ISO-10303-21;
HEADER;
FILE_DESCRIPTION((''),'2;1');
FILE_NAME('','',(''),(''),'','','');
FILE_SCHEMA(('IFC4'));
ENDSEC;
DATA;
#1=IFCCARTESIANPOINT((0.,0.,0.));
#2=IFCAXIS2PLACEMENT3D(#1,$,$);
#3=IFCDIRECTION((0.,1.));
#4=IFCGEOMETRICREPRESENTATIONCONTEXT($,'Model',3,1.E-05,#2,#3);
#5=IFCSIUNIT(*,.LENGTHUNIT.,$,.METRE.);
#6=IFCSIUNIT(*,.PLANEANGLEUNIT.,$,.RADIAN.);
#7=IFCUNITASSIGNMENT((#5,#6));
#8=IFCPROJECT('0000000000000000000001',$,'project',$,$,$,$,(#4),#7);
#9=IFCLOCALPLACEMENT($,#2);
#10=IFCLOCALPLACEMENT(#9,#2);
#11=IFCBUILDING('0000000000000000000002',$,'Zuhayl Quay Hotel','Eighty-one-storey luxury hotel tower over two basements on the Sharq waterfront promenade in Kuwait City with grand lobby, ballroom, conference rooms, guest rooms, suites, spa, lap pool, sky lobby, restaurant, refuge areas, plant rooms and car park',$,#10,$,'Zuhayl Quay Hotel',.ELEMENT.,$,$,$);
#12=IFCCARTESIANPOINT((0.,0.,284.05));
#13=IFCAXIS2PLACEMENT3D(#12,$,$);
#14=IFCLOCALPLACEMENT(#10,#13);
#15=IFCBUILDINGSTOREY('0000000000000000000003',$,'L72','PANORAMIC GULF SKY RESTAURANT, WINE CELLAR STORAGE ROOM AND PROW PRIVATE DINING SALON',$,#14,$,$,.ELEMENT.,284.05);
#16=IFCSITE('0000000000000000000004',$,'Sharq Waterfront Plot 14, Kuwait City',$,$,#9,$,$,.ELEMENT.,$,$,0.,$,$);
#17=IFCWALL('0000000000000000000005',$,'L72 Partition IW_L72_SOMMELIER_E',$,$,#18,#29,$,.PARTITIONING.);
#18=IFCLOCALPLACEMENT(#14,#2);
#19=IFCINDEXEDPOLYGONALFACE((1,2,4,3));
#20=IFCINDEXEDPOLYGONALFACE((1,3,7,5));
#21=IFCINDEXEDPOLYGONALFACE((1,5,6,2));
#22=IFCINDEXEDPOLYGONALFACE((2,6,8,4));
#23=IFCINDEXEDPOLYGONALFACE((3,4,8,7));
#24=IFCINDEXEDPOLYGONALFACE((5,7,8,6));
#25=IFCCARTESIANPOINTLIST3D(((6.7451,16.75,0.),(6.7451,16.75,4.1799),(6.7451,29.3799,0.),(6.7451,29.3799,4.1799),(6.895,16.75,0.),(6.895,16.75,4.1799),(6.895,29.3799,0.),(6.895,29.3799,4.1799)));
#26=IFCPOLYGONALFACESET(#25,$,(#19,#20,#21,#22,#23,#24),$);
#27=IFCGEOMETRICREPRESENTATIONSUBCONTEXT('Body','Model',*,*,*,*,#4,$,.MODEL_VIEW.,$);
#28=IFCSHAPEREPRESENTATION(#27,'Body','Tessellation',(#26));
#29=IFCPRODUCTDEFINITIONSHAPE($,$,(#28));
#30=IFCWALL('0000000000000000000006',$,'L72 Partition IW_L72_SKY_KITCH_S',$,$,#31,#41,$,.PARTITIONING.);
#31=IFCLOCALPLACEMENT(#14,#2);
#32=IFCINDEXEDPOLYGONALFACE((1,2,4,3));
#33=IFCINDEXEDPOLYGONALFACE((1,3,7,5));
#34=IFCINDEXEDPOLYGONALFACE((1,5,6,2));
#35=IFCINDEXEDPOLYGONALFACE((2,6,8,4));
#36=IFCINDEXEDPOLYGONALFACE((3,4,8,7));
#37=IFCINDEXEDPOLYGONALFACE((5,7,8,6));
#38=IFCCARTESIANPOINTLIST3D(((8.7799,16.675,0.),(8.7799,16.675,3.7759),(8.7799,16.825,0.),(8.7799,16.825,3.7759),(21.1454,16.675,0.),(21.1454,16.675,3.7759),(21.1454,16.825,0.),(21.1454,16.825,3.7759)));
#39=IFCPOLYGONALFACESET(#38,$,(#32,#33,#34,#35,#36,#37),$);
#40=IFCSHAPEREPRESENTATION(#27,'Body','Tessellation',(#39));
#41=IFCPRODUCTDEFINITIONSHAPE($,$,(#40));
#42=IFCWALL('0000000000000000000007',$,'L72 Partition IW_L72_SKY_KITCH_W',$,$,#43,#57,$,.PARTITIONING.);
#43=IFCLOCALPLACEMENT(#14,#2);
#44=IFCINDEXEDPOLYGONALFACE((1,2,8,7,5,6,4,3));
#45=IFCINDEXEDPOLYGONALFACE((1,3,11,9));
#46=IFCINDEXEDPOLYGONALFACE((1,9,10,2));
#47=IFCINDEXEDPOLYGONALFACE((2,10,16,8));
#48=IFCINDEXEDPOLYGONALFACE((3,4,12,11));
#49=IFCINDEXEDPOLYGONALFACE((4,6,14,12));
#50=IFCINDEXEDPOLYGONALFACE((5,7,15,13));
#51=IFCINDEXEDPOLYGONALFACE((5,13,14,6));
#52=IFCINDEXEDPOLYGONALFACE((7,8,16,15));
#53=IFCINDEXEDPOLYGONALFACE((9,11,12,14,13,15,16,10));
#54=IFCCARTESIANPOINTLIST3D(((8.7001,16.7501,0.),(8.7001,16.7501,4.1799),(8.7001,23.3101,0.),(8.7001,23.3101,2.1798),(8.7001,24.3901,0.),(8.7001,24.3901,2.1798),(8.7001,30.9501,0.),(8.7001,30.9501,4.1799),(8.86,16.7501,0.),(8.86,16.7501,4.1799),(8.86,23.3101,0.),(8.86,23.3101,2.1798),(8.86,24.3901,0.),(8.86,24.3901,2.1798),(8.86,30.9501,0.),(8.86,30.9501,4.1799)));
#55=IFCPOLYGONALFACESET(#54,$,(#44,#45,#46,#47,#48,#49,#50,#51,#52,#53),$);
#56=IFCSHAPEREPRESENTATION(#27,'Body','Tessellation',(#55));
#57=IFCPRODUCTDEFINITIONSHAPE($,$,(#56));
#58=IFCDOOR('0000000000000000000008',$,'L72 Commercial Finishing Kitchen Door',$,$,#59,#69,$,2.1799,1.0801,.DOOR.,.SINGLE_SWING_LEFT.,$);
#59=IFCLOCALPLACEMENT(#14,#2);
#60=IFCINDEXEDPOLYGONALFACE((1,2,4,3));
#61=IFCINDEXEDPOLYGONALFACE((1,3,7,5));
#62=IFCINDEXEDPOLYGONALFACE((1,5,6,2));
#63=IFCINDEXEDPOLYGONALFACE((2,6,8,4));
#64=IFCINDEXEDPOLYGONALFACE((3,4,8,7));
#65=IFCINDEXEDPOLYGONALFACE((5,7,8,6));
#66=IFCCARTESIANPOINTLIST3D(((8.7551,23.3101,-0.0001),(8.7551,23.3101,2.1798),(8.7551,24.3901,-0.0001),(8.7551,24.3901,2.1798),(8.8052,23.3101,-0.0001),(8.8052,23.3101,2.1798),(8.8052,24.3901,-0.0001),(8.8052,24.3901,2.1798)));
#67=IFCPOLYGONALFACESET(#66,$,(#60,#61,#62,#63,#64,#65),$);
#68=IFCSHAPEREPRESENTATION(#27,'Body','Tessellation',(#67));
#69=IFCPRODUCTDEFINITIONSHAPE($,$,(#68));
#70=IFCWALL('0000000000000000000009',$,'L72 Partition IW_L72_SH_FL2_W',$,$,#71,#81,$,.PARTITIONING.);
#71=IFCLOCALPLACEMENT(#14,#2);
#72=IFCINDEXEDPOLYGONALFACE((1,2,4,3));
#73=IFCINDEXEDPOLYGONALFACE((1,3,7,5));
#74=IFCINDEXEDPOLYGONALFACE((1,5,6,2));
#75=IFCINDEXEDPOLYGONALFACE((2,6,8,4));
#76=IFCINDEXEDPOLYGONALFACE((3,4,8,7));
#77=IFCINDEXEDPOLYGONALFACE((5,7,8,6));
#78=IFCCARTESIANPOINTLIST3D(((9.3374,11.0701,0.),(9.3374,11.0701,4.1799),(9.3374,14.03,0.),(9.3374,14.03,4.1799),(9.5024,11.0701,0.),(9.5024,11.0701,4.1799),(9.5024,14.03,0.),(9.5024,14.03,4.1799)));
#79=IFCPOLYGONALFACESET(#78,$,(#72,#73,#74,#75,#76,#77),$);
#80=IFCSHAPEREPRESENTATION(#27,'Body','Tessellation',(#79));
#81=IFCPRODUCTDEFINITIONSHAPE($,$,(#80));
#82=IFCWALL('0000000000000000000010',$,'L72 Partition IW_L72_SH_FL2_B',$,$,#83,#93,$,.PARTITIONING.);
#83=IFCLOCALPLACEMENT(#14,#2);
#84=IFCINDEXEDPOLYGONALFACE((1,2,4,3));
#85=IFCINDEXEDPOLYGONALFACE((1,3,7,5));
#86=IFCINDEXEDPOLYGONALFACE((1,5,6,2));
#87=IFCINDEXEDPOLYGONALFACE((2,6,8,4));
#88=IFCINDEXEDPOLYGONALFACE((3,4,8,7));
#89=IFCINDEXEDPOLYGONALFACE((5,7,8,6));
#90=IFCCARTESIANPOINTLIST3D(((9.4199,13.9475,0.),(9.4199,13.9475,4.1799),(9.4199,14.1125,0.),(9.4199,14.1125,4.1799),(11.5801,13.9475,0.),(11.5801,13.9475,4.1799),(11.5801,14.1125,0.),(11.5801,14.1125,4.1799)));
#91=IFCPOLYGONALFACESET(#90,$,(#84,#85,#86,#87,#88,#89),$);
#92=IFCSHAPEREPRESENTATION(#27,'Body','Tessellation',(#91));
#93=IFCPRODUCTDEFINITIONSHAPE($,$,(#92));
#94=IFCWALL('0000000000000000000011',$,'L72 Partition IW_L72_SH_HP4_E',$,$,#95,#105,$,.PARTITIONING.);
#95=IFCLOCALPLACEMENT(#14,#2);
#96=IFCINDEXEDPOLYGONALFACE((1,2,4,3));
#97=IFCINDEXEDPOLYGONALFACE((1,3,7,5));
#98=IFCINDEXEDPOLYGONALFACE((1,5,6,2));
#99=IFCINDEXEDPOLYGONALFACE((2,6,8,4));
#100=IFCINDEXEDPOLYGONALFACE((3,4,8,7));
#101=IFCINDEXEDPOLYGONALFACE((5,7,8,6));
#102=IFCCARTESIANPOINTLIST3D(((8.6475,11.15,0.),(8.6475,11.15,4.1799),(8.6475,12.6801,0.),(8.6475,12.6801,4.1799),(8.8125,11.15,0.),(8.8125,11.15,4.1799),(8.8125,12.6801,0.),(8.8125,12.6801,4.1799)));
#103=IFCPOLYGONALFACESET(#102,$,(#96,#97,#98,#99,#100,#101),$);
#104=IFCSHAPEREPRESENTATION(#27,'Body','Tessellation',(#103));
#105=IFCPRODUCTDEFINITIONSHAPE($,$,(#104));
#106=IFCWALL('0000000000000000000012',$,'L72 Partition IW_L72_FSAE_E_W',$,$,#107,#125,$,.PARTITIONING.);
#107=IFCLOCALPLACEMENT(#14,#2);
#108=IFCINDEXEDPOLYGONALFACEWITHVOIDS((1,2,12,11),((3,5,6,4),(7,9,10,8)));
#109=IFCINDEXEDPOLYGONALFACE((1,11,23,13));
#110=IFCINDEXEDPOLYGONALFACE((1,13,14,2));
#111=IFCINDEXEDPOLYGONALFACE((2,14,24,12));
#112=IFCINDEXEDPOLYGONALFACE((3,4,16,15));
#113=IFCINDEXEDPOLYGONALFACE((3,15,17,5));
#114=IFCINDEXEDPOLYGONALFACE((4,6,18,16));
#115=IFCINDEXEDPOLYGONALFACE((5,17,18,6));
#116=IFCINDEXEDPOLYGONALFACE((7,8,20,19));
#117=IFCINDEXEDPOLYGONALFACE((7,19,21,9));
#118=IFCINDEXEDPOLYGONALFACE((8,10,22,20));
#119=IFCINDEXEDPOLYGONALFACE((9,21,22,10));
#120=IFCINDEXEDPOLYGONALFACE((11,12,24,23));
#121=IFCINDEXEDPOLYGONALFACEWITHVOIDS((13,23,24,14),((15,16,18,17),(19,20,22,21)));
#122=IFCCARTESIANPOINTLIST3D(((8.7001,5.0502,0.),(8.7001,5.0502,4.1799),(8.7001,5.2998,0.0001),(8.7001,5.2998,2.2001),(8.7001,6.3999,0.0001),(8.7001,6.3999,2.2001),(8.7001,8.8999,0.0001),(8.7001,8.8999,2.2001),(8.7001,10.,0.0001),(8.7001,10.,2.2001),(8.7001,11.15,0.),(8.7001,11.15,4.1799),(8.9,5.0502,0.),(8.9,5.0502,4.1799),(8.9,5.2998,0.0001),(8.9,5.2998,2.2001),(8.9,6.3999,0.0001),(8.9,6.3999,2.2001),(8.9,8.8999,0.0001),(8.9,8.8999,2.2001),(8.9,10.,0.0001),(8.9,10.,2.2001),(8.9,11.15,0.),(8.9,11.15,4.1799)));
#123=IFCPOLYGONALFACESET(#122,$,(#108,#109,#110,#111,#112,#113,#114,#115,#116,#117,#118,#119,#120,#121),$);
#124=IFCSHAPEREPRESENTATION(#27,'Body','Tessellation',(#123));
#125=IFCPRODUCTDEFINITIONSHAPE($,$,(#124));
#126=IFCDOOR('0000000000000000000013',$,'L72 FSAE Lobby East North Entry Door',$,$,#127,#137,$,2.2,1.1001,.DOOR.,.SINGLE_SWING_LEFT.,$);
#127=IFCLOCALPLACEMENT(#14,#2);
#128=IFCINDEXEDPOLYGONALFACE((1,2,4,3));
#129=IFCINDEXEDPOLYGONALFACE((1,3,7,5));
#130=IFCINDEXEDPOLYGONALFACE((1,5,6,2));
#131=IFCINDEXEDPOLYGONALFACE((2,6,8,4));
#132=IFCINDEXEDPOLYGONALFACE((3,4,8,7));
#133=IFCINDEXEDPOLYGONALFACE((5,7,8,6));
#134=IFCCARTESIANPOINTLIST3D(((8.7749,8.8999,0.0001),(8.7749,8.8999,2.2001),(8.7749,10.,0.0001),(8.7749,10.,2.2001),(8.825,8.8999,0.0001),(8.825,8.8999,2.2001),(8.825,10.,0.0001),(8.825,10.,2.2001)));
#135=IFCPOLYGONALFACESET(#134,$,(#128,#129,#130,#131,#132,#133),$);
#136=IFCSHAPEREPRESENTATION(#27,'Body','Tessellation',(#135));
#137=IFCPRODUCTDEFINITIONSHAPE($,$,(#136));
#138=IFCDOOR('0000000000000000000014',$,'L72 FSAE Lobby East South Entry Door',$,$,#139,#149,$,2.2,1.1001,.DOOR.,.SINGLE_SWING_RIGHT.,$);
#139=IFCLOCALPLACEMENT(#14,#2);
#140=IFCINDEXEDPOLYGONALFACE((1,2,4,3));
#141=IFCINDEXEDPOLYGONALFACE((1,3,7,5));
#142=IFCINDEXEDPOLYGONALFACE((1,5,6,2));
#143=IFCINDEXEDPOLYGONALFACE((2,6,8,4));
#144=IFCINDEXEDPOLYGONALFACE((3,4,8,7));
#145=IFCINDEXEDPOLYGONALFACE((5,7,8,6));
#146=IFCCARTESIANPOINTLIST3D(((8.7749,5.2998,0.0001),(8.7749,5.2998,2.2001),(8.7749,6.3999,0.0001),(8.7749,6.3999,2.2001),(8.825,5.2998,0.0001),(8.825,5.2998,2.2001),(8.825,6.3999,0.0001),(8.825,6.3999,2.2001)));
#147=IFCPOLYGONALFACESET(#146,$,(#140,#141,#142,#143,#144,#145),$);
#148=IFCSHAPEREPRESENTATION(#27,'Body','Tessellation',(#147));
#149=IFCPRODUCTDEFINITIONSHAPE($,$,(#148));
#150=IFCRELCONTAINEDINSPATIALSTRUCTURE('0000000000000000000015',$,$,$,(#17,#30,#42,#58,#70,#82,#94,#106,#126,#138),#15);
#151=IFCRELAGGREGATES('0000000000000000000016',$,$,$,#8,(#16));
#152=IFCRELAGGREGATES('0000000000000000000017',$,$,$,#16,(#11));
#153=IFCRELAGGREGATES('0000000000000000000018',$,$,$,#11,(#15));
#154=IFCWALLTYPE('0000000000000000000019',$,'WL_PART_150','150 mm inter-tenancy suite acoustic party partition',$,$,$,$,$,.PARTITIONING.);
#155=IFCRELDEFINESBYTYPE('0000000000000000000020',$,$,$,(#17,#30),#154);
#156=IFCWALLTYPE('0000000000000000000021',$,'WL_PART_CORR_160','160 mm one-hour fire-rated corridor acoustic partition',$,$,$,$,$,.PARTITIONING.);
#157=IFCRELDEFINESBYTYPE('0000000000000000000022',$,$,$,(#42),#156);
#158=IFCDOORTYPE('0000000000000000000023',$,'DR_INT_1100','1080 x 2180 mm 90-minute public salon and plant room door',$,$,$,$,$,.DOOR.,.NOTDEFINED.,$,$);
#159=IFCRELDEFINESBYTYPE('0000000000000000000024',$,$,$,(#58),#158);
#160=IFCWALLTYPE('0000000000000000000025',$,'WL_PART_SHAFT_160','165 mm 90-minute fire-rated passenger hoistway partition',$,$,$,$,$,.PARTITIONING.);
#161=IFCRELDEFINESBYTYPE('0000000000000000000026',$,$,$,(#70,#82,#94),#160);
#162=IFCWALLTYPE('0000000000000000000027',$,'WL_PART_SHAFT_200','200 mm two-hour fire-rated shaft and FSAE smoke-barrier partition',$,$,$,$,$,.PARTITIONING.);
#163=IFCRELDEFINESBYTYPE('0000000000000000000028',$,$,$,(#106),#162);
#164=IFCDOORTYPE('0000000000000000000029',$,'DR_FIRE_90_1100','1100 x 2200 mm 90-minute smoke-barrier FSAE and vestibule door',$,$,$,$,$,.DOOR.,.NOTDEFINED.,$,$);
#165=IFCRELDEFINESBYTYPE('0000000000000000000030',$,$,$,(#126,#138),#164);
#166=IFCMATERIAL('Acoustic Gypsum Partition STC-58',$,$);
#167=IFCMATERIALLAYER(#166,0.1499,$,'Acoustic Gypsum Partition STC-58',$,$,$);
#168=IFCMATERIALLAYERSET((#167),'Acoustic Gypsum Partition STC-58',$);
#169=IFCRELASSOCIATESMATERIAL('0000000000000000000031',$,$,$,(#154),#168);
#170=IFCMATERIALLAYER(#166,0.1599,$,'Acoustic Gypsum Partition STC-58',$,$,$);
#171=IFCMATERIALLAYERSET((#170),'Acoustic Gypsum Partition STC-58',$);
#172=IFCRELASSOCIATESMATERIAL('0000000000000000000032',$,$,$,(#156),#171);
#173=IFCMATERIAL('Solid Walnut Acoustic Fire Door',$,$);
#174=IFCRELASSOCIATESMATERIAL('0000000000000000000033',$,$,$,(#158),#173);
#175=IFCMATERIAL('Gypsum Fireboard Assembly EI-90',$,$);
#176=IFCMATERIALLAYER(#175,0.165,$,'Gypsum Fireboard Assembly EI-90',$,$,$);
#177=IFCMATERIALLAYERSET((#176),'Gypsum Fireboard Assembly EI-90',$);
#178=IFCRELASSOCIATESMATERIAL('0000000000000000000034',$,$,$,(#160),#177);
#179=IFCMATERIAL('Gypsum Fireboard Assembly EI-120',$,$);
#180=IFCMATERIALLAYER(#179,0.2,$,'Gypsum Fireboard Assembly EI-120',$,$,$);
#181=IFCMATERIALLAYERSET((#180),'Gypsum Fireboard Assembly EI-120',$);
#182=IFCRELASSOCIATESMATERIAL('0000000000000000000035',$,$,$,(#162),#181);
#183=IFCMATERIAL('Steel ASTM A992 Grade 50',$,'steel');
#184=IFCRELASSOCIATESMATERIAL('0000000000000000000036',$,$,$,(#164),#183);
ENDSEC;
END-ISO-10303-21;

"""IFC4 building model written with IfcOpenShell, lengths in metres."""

from ifc_helpers import new_model, si_unit, direction, frame, frame_2d, origin, place, context, subcontext, project, spatial, rectangle, extrude, material, layer, layer_set, type_object, element, fill, save


model = new_model("IFC4")

# Units and contexts
model_context = context("Model", 3, precision=1e-05, world=origin(), true_north=direction((0.0, 1.0)))
body_context = subcontext(model_context, "Body", "Model", "MODEL_VIEW")
ifc_project = project(units=[si_unit("LENGTHUNIT", "METRE"), si_unit("PLANEANGLEUNIT", "RADIAN")], contexts=[model_context])

# Site, building, storey
site_placement = place(None, origin())
site = spatial("IfcSite", under=ifc_project, at=site_placement, Name="Sharq Waterfront Plot 14, Kuwait City", CompositionType="ELEMENT", RefElevation=0.0)
building_placement = place(site_placement, origin())
building = spatial("IfcBuilding", under=site, at=building_placement, Name="Zuhayl Quay Hotel", Description="Eighty-one-storey luxury hotel tower over two basements on the Sharq waterfront promenade in Kuwait City with grand lobby, ballroom, conference rooms, guest rooms, suites, spa, lap pool, sky lobby, restaurant, refuge areas, plant rooms and car park", LongName="Zuhayl Quay Hotel", CompositionType="ELEMENT")
storey_placement = place(building_placement, frame((0.0, 0.0, 284.05)))
storey = spatial("IfcBuildingStorey", under=building, at=storey_placement, Name="L72", Description="PANORAMIC GULF SKY RESTAURANT, WINE CELLAR STORAGE ROOM AND PROW PRIVATE DINING SALON", CompositionType="ELEMENT", Elevation=284.05)

# Shared definitions
ifc_material_1 = material(Name="Steel ASTM A992 Grade 50", Category="steel")

# Walls
ifc_material_2 = material(Name="Acoustic Gypsum Partition STC-58")
ifc_layer_1 = layer(ifc_material_2, 0.1499, Name="Acoustic Gypsum Partition STC-58")
ifc_layer_set_1 = layer_set([ifc_layer_1], Name="Acoustic Gypsum Partition STC-58")
wall_type_1 = type_object("IfcWallType", Name="WL_PART_150", Description="150 mm inter-tenancy suite acoustic party partition", PredefinedType="PARTITIONING", material=ifc_layer_set_1)
wall_1_placement = place(storey_placement, frame((6.8201, 16.75, 0.0), z_axis=(0.0, 0.0, 1.0), x_axis=(0.0, 1.0, 0.0)))
element("IfcWall", 1, at=wall_1_placement, inside=storey, type_object=wall_type_1, Name="L72 Partition IW_L72_SOMMELIER_E", PredefinedType="PARTITIONING", context=body_context, shape_type="SweptSolid", body=[
    extrude(rectangle(XDim=12.6299, YDim=0.1499, at=frame_2d((6.3149, 0.0))), origin(), (0.0, 0.0, 1.0), 4.1799),
])
wall_2_placement = place(storey_placement, frame((8.78, 16.75, 0.0), z_axis=(0.0, 0.0, 1.0), x_axis=(1.0, 0.0, 0.0)))
element("IfcWall", 2, at=wall_2_placement, inside=storey, type_object=wall_type_1, Name="L72 Partition IW_L72_SKY_KITCH_S", PredefinedType="PARTITIONING", context=body_context, shape_type="SweptSolid", body=[
    extrude(rectangle(XDim=12.3655, YDim=0.1499, at=frame_2d((6.1826, 0.0))), origin(), (0.0, 0.0, 1.0), 3.7759),
])

# Wall, opening, door
ifc_layer_2 = layer(ifc_material_2, 0.1599, Name="Acoustic Gypsum Partition STC-58")
ifc_layer_set_2 = layer_set([ifc_layer_2], Name="Acoustic Gypsum Partition STC-58")
wall_type_2 = type_object("IfcWallType", Name="WL_PART_CORR_160", Description="160 mm one-hour fire-rated corridor acoustic partition", PredefinedType="PARTITIONING", material=ifc_layer_set_2)
wall_3_placement = place(storey_placement, frame((8.78, 16.75, 0.0), z_axis=(0.0, 0.0, 1.0), x_axis=(0.0, 1.0, 0.0)))
wall_3 = element("IfcWall", 3, at=wall_3_placement, inside=storey, type_object=wall_type_2, Name="L72 Partition IW_L72_SKY_KITCH_W", PredefinedType="PARTITIONING", context=body_context, shape_type="SweptSolid", body=[
    extrude(rectangle(XDim=14.2, YDim=0.1599, at=frame_2d((7.1001, 0.0))), origin(), (0.0, 0.0, 1.0), 4.1799),
])
opening_1_placement = place(wall_3_placement, frame((6.5601, 0.0, 0.0)))
opening_1 = element("IfcOpeningElement", 4, at=opening_1_placement, cuts=wall_3, PredefinedType="OPENING", context=body_context, shape_type="SweptSolid", body=[
    extrude(rectangle(XDim=1.0801, YDim=2.1799, at=frame_2d((0.54, 1.0898))), frame((0.0, 0.0898, 0.0), z_axis=(0.0, -1.0, 0.0), x_axis=(1.0, 0.0, 0.0)), (0.0, 0.0, 1.0), 0.1799),
])
ifc_material_3 = material(Name="Solid Walnut Acoustic Fire Door")
door_type_1 = type_object("IfcDoorType", Name="DR_INT_1100", Description="1080 x 2180 mm 90-minute public salon and plant room door", OperationType="NOTDEFINED", PredefinedType="DOOR", material=ifc_material_3)
door_1_placement = place(opening_1_placement, origin())
door_1 = element("IfcDoor", 5, at=door_1_placement, inside=storey, type_object=door_type_1, Name="L72 Commercial Finishing Kitchen Door", OperationType="SINGLE_SWING_LEFT", OverallHeight=2.1799, OverallWidth=1.0801, PredefinedType="DOOR", context=body_context, shape_type="SweptSolid", body=[
    extrude(rectangle(XDim=1.0801, YDim=2.1799, at=frame_2d((0.54, 1.0898))), frame((0.0, 0.0249, 0.0), z_axis=(0.0, -1.0, 0.0), x_axis=(1.0, 0.0, 0.0)), (0.0, 0.0, 1.0), 0.05),
])
fill(opening_1, door_1)

# Walls
ifc_material_4 = material(Name="Gypsum Fireboard Assembly EI-90")
ifc_layer_3 = layer(ifc_material_4, 0.165, Name="Gypsum Fireboard Assembly EI-90")
ifc_layer_set_3 = layer_set([ifc_layer_3], Name="Gypsum Fireboard Assembly EI-90")
wall_type_3 = type_object("IfcWallType", Name="WL_PART_SHAFT_160", Description="165 mm 90-minute fire-rated passenger hoistway partition", PredefinedType="PARTITIONING", material=ifc_layer_set_3)
wall_4_placement = place(storey_placement, frame((9.4199, 11.0701, 0.0), z_axis=(0.0, 0.0, 1.0), x_axis=(0.0, 1.0, 0.0)))
element("IfcWall", 6, at=wall_4_placement, inside=storey, type_object=wall_type_3, Name="L72 Partition IW_L72_SH_FL2_W", PredefinedType="PARTITIONING", context=body_context, shape_type="SweptSolid", body=[
    extrude(rectangle(XDim=2.96, YDim=0.165, at=frame_2d((1.48, 0.0))), origin(), (0.0, 0.0, 1.0), 4.1799),
])
wall_5_placement = place(storey_placement, frame((9.4199, 14.03, 0.0), z_axis=(0.0, 0.0, 1.0), x_axis=(1.0, 0.0, 0.0)))
element("IfcWall", 7, at=wall_5_placement, inside=storey, type_object=wall_type_3, Name="L72 Partition IW_L72_SH_FL2_B", PredefinedType="PARTITIONING", context=body_context, shape_type="SweptSolid", body=[
    extrude(rectangle(XDim=2.1602, YDim=0.165, at=frame_2d((1.0801, 0.0))), origin(), (0.0, 0.0, 1.0), 4.1799),
])
wall_6_placement = place(storey_placement, frame((8.73, 11.1499, 0.0), z_axis=(0.0, 0.0, 1.0), x_axis=(0.0, 1.0, 0.0)))
element("IfcWall", 8, at=wall_6_placement, inside=storey, type_object=wall_type_3, Name="L72 Partition IW_L72_SH_HP4_E", PredefinedType="PARTITIONING", context=body_context, shape_type="SweptSolid", body=[
    extrude(rectangle(XDim=1.53, YDim=0.165, at=frame_2d((0.7651, 0.0))), origin(), (0.0, 0.0, 1.0), 4.1799),
])

# Wall, openings, doors
ifc_material_5 = material(Name="Gypsum Fireboard Assembly EI-120")
ifc_layer_4 = layer(ifc_material_5, 0.2, Name="Gypsum Fireboard Assembly EI-120")
ifc_layer_set_4 = layer_set([ifc_layer_4], Name="Gypsum Fireboard Assembly EI-120")
wall_type_4 = type_object("IfcWallType", Name="WL_PART_SHAFT_200", Description="200 mm two-hour fire-rated shaft and FSAE smoke-barrier partition", PredefinedType="PARTITIONING", material=ifc_layer_set_4)
wall_7_placement = place(storey_placement, frame((8.8, 11.1499, 0.0), z_axis=(0.0, 0.0, 1.0), x_axis=(0.0, -1.0, 0.0)))
wall_7 = element("IfcWall", 9, at=wall_7_placement, inside=storey, type_object=wall_type_4, Name="L72 Partition IW_L72_FSAE_E_W", PredefinedType="PARTITIONING", context=body_context, shape_type="SweptSolid", body=[
    extrude(rectangle(XDim=6.0999, YDim=0.2, at=frame_2d((3.0498, 0.0))), origin(), (0.0, 0.0, 1.0), 4.1799),
])
opening_2_placement = place(wall_7_placement, frame((1.1499, 0.0, 0.0)))
opening_2 = element("IfcOpeningElement", 10, at=opening_2_placement, cuts=wall_7, PredefinedType="OPENING", context=body_context, shape_type="SweptSolid", body=[
    extrude(rectangle(XDim=1.1001, YDim=2.2, at=frame_2d((0.55, 1.1001))), frame((0.0, 0.1099, 0.0), z_axis=(0.0, -1.0, 0.0), x_axis=(1.0, 0.0, 0.0)), (0.0, 0.0, 1.0), 0.22),
])
opening_3_placement = place(wall_7_placement, frame((4.75, 0.0, 0.0)))
opening_3 = element("IfcOpeningElement", 11, at=opening_3_placement, cuts=wall_7, PredefinedType="OPENING", context=body_context, shape_type="SweptSolid", body=[
    extrude(rectangle(XDim=1.1001, YDim=2.2, at=frame_2d((0.55, 1.1001))), frame((0.0, 0.1099, 0.0), z_axis=(0.0, -1.0, 0.0), x_axis=(1.0, 0.0, 0.0)), (0.0, 0.0, 1.0), 0.22),
])
door_type_2 = type_object("IfcDoorType", Name="DR_FIRE_90_1100", Description="1100 x 2200 mm 90-minute smoke-barrier FSAE and vestibule door", OperationType="NOTDEFINED", PredefinedType="DOOR", material=ifc_material_1)
door_2_placement = place(opening_2_placement, origin())
door_2 = element("IfcDoor", 12, at=door_2_placement, inside=storey, type_object=door_type_2, Name="L72 FSAE Lobby East North Entry Door", OperationType="SINGLE_SWING_LEFT", OverallHeight=2.2, OverallWidth=1.1001, PredefinedType="DOOR", context=body_context, shape_type="SweptSolid", body=[
    extrude(rectangle(XDim=1.1001, YDim=2.2, at=frame_2d((0.55, 1.1001))), frame((0.0, 0.0249, 0.0), z_axis=(0.0, -1.0, 0.0), x_axis=(1.0, 0.0, 0.0)), (0.0, 0.0, 1.0), 0.05),
])
fill(opening_2, door_2)
door_3_placement = place(opening_3_placement, origin())
door_3 = element("IfcDoor", 13, at=door_3_placement, inside=storey, type_object=door_type_2, Name="L72 FSAE Lobby East South Entry Door", OperationType="SINGLE_SWING_RIGHT", OverallHeight=2.2, OverallWidth=1.1001, PredefinedType="DOOR", context=body_context, shape_type="SweptSolid", body=[
    extrude(rectangle(XDim=1.1001, YDim=2.2, at=frame_2d((0.55, 1.1001))), frame((0.0, 0.0249, 0.0), z_axis=(0.0, -1.0, 0.0), x_axis=(1.0, 0.0, 0.0)), (0.0, 0.0, 1.0), 0.05),
])
fill(opening_3, door_3)

save(model, "model.ifc")
